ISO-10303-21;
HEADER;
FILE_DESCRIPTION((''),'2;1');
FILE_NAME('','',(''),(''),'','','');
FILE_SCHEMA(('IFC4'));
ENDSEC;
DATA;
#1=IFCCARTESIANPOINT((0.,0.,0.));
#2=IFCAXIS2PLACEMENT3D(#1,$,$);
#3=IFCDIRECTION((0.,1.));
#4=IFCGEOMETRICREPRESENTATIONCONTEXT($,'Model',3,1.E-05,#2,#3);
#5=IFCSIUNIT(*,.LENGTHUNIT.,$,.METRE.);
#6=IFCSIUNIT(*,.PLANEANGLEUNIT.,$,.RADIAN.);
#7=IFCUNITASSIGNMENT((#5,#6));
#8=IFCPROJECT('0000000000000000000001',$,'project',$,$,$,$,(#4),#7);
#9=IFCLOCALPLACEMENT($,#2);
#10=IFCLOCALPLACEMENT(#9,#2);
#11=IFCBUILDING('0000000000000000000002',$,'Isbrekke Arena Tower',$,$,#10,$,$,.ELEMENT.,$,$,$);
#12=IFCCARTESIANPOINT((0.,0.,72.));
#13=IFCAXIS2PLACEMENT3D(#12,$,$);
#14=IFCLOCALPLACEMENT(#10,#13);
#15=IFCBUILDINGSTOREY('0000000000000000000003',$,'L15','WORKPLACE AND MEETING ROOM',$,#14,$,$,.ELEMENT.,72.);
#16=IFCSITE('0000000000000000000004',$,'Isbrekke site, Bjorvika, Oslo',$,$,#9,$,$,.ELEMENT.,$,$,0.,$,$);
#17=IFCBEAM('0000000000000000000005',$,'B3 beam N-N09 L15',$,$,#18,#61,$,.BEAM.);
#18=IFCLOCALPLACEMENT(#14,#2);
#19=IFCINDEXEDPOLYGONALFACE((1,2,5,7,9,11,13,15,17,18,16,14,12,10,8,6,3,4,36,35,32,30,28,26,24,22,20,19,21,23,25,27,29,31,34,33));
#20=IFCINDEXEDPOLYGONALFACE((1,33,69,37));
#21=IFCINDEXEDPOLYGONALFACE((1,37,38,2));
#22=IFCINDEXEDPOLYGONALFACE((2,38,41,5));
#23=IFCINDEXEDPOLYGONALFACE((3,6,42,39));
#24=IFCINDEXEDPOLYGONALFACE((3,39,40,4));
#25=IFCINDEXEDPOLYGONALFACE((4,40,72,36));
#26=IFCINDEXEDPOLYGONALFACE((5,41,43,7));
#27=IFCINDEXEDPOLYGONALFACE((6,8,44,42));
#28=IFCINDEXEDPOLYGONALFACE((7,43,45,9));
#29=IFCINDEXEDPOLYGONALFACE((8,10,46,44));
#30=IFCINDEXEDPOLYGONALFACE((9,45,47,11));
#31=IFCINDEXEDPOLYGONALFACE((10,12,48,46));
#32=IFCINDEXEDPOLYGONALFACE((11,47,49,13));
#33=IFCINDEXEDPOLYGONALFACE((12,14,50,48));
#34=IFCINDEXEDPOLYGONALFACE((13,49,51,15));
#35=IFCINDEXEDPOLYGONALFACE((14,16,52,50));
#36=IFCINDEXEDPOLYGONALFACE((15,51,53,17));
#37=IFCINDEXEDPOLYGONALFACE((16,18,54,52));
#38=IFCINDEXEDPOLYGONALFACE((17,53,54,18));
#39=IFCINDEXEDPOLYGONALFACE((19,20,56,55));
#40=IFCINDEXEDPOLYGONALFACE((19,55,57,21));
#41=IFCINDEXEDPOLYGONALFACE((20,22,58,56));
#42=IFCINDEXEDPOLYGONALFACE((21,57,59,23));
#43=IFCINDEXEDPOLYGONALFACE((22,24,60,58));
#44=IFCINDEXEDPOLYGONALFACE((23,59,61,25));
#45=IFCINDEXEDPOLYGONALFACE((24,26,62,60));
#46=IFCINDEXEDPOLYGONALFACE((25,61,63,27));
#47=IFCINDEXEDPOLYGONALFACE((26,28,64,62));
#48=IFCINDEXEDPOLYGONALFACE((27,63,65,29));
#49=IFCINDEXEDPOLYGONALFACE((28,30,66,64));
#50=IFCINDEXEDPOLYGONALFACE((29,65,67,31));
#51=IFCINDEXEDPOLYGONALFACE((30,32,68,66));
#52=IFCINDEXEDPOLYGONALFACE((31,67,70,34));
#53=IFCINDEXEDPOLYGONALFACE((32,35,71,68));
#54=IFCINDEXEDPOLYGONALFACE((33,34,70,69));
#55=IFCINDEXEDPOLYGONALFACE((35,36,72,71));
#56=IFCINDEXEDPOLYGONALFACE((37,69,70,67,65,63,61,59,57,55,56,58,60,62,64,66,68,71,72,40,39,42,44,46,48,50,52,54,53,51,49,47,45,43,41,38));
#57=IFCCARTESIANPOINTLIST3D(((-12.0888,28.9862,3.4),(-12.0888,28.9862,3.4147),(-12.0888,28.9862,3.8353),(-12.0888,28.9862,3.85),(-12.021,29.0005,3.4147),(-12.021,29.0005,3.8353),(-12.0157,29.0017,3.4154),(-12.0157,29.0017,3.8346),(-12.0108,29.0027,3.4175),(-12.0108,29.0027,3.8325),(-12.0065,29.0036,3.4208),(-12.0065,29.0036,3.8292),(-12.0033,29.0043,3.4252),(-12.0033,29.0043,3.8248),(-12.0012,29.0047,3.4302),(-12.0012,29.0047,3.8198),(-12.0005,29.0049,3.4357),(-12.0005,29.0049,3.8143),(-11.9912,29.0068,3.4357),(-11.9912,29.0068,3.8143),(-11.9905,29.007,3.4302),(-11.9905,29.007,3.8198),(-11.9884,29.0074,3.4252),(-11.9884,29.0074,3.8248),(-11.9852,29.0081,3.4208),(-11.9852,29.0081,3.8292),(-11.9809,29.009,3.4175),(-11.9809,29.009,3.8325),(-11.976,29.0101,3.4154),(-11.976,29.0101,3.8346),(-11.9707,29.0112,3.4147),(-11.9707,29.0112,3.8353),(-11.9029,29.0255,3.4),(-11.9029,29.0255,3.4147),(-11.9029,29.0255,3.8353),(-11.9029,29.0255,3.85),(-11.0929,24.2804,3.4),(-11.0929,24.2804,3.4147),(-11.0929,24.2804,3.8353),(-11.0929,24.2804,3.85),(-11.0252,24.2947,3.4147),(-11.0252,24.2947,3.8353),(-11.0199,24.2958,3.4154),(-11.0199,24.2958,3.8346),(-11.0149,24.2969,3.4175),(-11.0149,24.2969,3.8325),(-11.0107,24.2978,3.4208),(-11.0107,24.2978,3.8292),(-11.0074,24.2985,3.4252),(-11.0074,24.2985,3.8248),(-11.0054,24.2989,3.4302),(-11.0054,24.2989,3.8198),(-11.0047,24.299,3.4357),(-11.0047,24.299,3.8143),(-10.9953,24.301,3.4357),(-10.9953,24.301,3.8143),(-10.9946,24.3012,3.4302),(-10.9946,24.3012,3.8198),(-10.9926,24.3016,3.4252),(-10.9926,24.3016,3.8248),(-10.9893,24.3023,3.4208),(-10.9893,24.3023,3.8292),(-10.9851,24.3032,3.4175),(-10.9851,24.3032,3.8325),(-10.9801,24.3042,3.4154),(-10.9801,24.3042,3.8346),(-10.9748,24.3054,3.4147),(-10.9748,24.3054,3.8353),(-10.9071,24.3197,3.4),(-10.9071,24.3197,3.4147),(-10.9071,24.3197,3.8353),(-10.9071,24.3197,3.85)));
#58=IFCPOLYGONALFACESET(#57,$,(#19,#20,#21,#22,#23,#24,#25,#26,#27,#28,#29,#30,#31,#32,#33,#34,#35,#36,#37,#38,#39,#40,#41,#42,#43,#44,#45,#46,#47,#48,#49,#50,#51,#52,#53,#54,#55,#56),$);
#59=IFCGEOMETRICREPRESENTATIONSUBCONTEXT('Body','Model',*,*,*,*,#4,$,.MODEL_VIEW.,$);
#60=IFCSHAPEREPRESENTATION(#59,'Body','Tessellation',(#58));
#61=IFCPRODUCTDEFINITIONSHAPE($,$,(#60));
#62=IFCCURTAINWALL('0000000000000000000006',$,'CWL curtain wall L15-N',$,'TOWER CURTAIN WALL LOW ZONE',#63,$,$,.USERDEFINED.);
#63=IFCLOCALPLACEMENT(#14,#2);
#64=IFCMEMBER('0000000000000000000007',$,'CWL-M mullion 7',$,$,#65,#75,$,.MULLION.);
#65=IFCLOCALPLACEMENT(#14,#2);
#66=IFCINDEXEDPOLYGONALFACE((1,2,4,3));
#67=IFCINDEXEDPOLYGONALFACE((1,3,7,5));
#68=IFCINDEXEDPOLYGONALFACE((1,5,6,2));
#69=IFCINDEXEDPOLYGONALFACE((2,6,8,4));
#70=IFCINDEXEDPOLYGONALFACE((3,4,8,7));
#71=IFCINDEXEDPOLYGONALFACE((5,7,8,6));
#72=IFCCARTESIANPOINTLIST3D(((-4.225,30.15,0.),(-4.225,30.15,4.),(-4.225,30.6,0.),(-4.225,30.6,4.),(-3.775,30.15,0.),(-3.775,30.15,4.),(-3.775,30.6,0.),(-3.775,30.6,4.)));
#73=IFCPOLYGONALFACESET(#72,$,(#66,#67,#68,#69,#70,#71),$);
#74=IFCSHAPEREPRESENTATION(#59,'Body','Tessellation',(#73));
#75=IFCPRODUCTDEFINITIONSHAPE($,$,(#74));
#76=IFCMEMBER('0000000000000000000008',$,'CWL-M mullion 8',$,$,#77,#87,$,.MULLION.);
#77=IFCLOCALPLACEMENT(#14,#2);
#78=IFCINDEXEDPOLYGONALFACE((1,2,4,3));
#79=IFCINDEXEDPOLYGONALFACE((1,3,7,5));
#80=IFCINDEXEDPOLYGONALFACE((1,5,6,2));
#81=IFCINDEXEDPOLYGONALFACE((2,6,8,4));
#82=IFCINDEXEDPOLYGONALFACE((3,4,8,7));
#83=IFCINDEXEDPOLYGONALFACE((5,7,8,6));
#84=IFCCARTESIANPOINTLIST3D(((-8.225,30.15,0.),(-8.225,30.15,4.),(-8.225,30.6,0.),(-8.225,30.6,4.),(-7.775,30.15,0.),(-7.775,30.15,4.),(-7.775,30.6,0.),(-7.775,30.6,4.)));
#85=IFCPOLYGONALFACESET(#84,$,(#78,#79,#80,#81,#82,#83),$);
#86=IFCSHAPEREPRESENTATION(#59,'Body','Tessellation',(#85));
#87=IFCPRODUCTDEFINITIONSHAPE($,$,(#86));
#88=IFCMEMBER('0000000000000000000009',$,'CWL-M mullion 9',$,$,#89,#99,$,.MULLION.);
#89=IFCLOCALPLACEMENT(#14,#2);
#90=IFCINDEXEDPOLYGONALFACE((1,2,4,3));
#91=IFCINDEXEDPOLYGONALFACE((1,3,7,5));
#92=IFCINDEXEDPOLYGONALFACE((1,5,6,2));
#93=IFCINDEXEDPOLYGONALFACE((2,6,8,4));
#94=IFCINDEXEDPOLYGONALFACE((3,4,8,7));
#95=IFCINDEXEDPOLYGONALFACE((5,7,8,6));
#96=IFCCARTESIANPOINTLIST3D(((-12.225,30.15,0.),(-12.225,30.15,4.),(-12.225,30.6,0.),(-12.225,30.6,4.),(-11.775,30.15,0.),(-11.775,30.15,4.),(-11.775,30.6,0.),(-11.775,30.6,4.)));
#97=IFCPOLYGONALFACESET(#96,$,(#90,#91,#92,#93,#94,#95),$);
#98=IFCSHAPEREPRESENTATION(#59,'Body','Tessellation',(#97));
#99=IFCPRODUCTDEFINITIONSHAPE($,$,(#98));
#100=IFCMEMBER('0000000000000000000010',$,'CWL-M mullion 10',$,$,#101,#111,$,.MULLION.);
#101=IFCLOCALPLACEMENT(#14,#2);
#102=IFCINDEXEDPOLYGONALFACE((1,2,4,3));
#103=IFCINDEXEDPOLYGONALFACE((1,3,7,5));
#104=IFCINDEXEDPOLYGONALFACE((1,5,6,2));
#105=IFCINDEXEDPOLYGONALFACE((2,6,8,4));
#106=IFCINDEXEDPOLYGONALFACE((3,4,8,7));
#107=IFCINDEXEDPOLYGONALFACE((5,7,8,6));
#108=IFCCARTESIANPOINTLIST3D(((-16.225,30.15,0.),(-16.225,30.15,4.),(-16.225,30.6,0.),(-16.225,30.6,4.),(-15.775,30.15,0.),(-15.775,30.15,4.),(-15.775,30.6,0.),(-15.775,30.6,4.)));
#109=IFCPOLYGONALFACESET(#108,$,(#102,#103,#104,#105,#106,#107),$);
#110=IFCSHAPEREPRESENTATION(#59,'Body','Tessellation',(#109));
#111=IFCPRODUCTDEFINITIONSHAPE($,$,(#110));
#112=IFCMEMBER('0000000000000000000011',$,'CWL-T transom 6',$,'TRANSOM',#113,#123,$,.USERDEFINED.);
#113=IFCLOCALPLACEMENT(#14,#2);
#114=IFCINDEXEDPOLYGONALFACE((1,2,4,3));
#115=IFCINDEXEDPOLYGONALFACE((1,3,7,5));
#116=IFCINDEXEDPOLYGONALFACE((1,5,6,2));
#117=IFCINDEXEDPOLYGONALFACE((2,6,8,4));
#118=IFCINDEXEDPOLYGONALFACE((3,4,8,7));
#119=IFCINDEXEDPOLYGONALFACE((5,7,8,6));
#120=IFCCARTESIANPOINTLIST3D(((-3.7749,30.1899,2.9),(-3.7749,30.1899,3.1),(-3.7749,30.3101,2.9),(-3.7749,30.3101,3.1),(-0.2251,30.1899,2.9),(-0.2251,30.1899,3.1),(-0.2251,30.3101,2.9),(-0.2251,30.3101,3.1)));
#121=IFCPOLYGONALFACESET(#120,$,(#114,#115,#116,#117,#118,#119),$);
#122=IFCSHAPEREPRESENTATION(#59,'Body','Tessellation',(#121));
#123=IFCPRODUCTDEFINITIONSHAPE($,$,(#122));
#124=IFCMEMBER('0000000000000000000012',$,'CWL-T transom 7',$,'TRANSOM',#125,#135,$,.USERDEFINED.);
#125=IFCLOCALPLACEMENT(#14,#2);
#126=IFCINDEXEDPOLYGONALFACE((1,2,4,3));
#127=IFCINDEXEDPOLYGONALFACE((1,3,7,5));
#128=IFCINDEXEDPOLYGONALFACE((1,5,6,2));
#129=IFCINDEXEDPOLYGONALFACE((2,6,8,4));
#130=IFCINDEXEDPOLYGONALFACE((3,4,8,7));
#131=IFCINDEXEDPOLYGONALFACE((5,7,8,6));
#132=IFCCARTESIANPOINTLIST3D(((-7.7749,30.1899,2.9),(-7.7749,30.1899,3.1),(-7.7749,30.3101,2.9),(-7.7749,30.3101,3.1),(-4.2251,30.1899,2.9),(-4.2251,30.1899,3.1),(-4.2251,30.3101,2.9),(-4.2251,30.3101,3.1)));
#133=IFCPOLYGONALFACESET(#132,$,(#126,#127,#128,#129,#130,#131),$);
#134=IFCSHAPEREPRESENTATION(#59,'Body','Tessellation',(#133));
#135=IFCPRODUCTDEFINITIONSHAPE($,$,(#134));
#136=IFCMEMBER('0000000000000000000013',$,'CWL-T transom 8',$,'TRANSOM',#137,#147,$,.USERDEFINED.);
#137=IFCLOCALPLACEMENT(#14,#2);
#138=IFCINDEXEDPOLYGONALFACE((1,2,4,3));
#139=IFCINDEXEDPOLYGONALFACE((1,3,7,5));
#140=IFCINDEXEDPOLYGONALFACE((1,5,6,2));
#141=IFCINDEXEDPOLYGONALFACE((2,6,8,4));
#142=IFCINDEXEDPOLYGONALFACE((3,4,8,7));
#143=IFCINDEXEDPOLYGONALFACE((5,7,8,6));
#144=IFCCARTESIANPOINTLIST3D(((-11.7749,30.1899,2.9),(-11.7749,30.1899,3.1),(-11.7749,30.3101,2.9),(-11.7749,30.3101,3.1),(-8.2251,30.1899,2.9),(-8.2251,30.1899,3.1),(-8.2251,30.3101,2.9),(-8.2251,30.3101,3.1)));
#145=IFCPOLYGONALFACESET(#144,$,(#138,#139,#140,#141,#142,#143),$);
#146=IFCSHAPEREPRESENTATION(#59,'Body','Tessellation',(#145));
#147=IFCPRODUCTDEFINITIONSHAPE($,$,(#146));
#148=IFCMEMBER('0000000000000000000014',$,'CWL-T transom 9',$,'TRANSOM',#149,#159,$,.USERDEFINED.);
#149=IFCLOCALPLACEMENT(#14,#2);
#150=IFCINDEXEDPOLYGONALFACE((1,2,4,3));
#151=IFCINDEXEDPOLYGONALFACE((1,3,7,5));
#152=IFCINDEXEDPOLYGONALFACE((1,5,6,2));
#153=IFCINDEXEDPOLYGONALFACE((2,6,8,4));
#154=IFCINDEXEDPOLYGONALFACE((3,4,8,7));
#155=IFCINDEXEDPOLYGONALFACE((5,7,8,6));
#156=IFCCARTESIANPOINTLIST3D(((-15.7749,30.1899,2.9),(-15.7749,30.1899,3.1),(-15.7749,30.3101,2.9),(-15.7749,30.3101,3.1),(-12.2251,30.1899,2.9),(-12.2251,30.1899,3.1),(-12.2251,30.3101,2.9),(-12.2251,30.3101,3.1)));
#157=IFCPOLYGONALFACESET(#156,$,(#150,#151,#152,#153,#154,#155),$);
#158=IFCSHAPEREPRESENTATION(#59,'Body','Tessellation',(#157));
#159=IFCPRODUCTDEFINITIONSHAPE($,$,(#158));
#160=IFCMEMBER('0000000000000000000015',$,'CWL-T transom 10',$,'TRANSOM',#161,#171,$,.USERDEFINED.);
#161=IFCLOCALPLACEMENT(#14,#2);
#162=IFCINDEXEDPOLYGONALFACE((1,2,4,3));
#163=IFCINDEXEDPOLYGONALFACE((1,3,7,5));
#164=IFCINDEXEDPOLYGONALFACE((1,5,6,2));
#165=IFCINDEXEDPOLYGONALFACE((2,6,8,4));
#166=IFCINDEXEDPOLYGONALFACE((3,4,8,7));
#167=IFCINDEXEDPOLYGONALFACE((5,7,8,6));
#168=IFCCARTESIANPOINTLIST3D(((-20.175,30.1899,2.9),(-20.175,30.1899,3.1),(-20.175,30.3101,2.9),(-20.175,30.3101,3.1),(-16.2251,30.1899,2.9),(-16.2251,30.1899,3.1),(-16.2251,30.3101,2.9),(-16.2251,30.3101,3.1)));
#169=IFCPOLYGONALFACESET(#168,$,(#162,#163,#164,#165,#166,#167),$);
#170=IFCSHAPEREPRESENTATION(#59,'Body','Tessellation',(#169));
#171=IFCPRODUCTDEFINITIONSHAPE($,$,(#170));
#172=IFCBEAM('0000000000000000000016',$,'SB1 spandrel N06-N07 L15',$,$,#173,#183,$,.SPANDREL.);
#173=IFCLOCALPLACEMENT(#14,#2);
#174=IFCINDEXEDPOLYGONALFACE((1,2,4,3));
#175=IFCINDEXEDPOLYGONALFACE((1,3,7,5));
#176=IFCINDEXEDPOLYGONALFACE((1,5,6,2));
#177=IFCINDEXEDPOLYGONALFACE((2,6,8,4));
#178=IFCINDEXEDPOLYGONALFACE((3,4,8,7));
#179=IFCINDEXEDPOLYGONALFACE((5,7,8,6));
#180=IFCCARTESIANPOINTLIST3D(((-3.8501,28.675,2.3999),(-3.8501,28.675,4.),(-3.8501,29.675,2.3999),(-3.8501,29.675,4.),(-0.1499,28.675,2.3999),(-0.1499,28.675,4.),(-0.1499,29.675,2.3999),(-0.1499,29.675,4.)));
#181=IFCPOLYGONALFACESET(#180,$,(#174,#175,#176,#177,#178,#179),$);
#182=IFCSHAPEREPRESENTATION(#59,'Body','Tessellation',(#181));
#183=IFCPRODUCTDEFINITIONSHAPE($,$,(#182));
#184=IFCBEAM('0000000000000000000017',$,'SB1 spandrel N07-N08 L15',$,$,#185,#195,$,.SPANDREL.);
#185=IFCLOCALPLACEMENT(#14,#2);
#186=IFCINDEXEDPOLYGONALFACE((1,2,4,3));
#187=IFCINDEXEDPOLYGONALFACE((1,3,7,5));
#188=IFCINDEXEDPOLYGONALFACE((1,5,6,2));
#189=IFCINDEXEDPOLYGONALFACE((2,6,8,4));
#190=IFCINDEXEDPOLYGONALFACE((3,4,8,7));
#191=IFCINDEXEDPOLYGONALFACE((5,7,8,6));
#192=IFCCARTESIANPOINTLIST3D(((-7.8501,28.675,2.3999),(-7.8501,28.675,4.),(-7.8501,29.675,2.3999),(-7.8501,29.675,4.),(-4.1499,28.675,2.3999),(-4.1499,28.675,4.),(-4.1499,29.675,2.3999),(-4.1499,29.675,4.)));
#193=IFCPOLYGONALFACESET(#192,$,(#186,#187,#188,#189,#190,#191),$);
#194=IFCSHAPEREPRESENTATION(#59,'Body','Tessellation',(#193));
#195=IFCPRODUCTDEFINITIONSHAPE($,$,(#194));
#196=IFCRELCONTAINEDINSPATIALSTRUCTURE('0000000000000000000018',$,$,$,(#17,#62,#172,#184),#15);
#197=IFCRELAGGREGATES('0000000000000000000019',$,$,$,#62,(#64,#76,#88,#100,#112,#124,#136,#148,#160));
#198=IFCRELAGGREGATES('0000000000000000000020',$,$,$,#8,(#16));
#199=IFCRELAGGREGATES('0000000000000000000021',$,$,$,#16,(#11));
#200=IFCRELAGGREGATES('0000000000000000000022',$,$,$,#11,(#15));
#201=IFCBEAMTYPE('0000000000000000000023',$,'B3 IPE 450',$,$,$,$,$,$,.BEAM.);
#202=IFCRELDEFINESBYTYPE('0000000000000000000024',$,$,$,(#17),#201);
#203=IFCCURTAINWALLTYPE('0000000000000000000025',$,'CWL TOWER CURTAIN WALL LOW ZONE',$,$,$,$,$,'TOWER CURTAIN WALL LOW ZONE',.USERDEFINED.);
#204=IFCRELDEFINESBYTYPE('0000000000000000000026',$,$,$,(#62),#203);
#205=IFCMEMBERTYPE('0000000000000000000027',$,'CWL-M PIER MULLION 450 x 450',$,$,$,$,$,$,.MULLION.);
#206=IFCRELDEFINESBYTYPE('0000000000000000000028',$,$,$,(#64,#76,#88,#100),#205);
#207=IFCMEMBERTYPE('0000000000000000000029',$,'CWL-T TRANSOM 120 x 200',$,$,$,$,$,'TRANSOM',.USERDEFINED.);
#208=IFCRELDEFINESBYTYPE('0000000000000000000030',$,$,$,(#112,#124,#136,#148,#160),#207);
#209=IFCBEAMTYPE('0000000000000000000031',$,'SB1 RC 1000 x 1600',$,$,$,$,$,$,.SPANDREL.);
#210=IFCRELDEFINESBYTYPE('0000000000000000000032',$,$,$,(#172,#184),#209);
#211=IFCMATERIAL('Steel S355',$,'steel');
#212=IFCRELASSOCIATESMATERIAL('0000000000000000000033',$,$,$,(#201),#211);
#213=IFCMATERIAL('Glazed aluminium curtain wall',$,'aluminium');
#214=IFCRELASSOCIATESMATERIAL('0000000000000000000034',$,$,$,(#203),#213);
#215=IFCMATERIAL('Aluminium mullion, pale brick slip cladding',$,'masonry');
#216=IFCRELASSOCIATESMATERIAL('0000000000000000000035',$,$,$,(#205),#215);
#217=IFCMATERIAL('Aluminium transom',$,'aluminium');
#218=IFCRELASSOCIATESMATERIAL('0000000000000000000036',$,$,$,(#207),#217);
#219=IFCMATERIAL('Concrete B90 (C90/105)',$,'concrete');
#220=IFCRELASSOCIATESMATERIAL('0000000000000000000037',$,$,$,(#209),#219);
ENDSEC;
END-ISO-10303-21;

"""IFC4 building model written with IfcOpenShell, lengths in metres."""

from ifc_helpers import new_model, si_unit, direction, frame, origin, origin_2d, place, context, subcontext, project, spatial, rectangle, i_section, extrude, material, material_profile, profile_set, type_object, element, aggregate, save


model = new_model("IFC4")

# Units and contexts
model_context = context("Model", 3, precision=1e-05, world=origin(), true_north=direction((0.0, 1.0)))
body_context = subcontext(model_context, "Body", "Model", "MODEL_VIEW")
ifc_project = project(units=[si_unit("LENGTHUNIT", "METRE"), si_unit("PLANEANGLEUNIT", "RADIAN")], contexts=[model_context])

# Site, building, storey
site_placement = place(None, origin())
site = spatial("IfcSite", under=ifc_project, at=site_placement, Name="Isbrekke site, Bjorvika, Oslo", CompositionType="ELEMENT", RefElevation=0.0)
building_placement = place(site_placement, origin())
building = spatial("IfcBuilding", under=site, at=building_placement, Name="Isbrekke Arena Tower", CompositionType="ELEMENT")
storey_placement = place(building_placement, frame((0.0, 0.0, 72.0)))
storey = spatial("IfcBuildingStorey", under=building, at=storey_placement, Name="L15", Description="WORKPLACE AND MEETING ROOM", CompositionType="ELEMENT", Elevation=72.0)

# Beam
ifc_material_1 = material(Name="Steel S355", Category="steel")
ifc_material_profile_1 = material_profile(ifc_material_1, i_section(OverallWidth=0.1899, OverallDepth=0.45, WebThickness=0.0095, FlangeThickness=0.0146, FilletRadius=0.021, at=origin_2d()), Name="IPE 450")
ifc_profile_set_1 = profile_set([ifc_material_profile_1], Name="Steel S355")
beam_type_1 = type_object("IfcBeamType", Name="B3 IPE 450", PredefinedType="BEAM", material=ifc_profile_set_1)
beam_1_placement = place(storey_placement, frame((-11.9958, 29.0059, 3.625), z_axis=(0.207036, -0.978333, 0.0), x_axis=(0.978333, 0.207036, 0.0)))
element("IfcBeam", 1, at=beam_1_placement, inside=storey, type_object=beam_type_1, Name="B3 beam N-N09 L15", PredefinedType="BEAM", context=body_context, shape_type="SweptSolid", body=[
    extrude(i_section(OverallWidth=0.1899, OverallDepth=0.45, WebThickness=0.0095, FlangeThickness=0.0146, FilletRadius=0.021, at=origin_2d()), origin(), (0.0, 0.0, 1.0), 4.8101),
])

# Curtain wall, members
ifc_material_2 = material(Name="Glazed aluminium curtain wall", Category="aluminium")
curtain_wall_type = type_object("IfcCurtainWallType", Name="CWL TOWER CURTAIN WALL LOW ZONE", ElementType="TOWER CURTAIN WALL LOW ZONE", PredefinedType="USERDEFINED", material=ifc_material_2)
curtain_wall_placement = place(storey_placement, origin())
curtain_wall = element("IfcCurtainWall", 2, at=curtain_wall_placement, inside=storey, type_object=curtain_wall_type, Name="CWL curtain wall L15-N", ObjectType="TOWER CURTAIN WALL LOW ZONE", PredefinedType="USERDEFINED")
ifc_material_3 = material(Name="Aluminium mullion, pale brick slip cladding", Category="masonry")
ifc_material_profile_2 = material_profile(ifc_material_3, rectangle(XDim=0.45, YDim=0.45, at=origin_2d()), Name="PIER 450X450")
ifc_profile_set_2 = profile_set([ifc_material_profile_2], Name="Aluminium mullion, pale brick slip cladding")
member_type_1 = type_object("IfcMemberType", Name="CWL-M PIER MULLION 450 x 450", PredefinedType="MULLION", material=ifc_profile_set_2)
member_1_placement = place(storey_placement, frame((-4.0, 30.375, 0.0), z_axis=(0.0, 0.0, 1.0), x_axis=(-1.0, 0.0, 0.0)))
member_1 = element("IfcMember", 3, at=member_1_placement, type_object=member_type_1, Name="CWL-M mullion 7", PredefinedType="MULLION", context=body_context, shape_type="SweptSolid", body=[
    extrude(rectangle(XDim=0.45, YDim=0.45, at=origin_2d()), origin(), (0.0, 0.0, 1.0), 4.0),
])
member_2_placement = place(storey_placement, frame((-8.0, 30.375, 0.0), z_axis=(0.0, 0.0, 1.0), x_axis=(-1.0, 0.0, 0.0)))
member_2 = element("IfcMember", 4, at=member_2_placement, type_object=member_type_1, Name="CWL-M mullion 8", PredefinedType="MULLION", context=body_context, shape_type="SweptSolid", body=[
    extrude(rectangle(XDim=0.45, YDim=0.45, at=origin_2d()), origin(), (0.0, 0.0, 1.0), 4.0),
])
member_3_placement = place(storey_placement, frame((-12.0, 30.375, 0.0), z_axis=(0.0, 0.0, 1.0), x_axis=(-1.0, 0.0, 0.0)))
member_3 = element("IfcMember", 5, at=member_3_placement, type_object=member_type_1, Name="CWL-M mullion 9", PredefinedType="MULLION", context=body_context, shape_type="SweptSolid", body=[
    extrude(rectangle(XDim=0.45, YDim=0.45, at=origin_2d()), origin(), (0.0, 0.0, 1.0), 4.0),
])
member_4_placement = place(storey_placement, frame((-16.0, 30.375, 0.0), z_axis=(0.0, 0.0, 1.0), x_axis=(-1.0, 0.0, 0.0)))
member_4 = element("IfcMember", 6, at=member_4_placement, type_object=member_type_1, Name="CWL-M mullion 10", PredefinedType="MULLION", context=body_context, shape_type="SweptSolid", body=[
    extrude(rectangle(XDim=0.45, YDim=0.45, at=origin_2d()), origin(), (0.0, 0.0, 1.0), 4.0),
])
ifc_material_4 = material(Name="Aluminium transom", Category="aluminium")
ifc_material_profile_3 = material_profile(ifc_material_4, rectangle(XDim=0.1201, YDim=0.2, at=origin_2d()), Name="TRANSOM 120X200")
ifc_profile_set_3 = profile_set([ifc_material_profile_3], Name="Aluminium transom")
member_type_2 = type_object("IfcMemberType", Name="CWL-T TRANSOM 120 x 200", ElementType="TRANSOM", PredefinedType="USERDEFINED", material=ifc_profile_set_3)
member_5_placement = place(storey_placement, frame((-0.2251, 30.25, 3.0), z_axis=(-1.0, 0.0, 0.0), x_axis=(0.0, -1.0, 0.0)))
member_5 = element("IfcMember", 7, at=member_5_placement, type_object=member_type_2, Name="CWL-T transom 6", ObjectType="TRANSOM", PredefinedType="USERDEFINED", context=body_context, shape_type="SweptSolid", body=[
    extrude(rectangle(XDim=0.1201, YDim=0.2, at=origin_2d()), origin(), (0.0, 0.0, 1.0), 3.5498),
])
member_6_placement = place(storey_placement, frame((-4.2251, 30.25, 3.0), z_axis=(-1.0, 0.0, 0.0), x_axis=(0.0, -1.0, 0.0)))
member_6 = element("IfcMember", 8, at=member_6_placement, type_object=member_type_2, Name="CWL-T transom 7", ObjectType="TRANSOM", PredefinedType="USERDEFINED", context=body_context, shape_type="SweptSolid", body=[
    extrude(rectangle(XDim=0.1201, YDim=0.2, at=origin_2d()), origin(), (0.0, 0.0, 1.0), 3.5498),
])
member_7_placement = place(storey_placement, frame((-8.2251, 30.25, 3.0), z_axis=(-1.0, 0.0, 0.0), x_axis=(0.0, -1.0, 0.0)))
member_7 = element("IfcMember", 9, at=member_7_placement, type_object=member_type_2, Name="CWL-T transom 8", ObjectType="TRANSOM", PredefinedType="USERDEFINED", context=body_context, shape_type="SweptSolid", body=[
    extrude(rectangle(XDim=0.1201, YDim=0.2, at=origin_2d()), origin(), (0.0, 0.0, 1.0), 3.5498),
])
member_8_placement = place(storey_placement, frame((-12.2251, 30.25, 3.0), z_axis=(-1.0, 0.0, 0.0), x_axis=(0.0, -1.0, 0.0)))
member_8 = element("IfcMember", 10, at=member_8_placement, type_object=member_type_2, Name="CWL-T transom 9", ObjectType="TRANSOM", PredefinedType="USERDEFINED", context=body_context, shape_type="SweptSolid", body=[
    extrude(rectangle(XDim=0.1201, YDim=0.2, at=origin_2d()), origin(), (0.0, 0.0, 1.0), 3.5498),
])
member_9_placement = place(storey_placement, frame((-16.2251, 30.25, 3.0), z_axis=(-1.0, 0.0, 0.0), x_axis=(0.0, -1.0, 0.0)))
member_9 = element("IfcMember", 11, at=member_9_placement, type_object=member_type_2, Name="CWL-T transom 10", ObjectType="TRANSOM", PredefinedType="USERDEFINED", context=body_context, shape_type="SweptSolid", body=[
    extrude(rectangle(XDim=0.1201, YDim=0.2, at=origin_2d()), origin(), (0.0, 0.0, 1.0), 3.95),
])

# Beams
ifc_material_5 = material(Name="Concrete B90 (C90/105)", Category="concrete")
ifc_material_profile_4 = material_profile(ifc_material_5, rectangle(XDim=1.0, YDim=1.6001, at=origin_2d()), Name="RC 1000x1600")
ifc_profile_set_4 = profile_set([ifc_material_profile_4], Name="Concrete B90 (C90/105)")
beam_type_2 = type_object("IfcBeamType", Name="SB1 RC 1000 x 1600", PredefinedType="SPANDREL", material=ifc_profile_set_4)
for number, where, z_axis, x_axis, name in (
    (12, (-0.1499, 29.175, 3.2), (-1.0, 0.0, 0.0), (0.0, -1.0, 0.0), "SB1 spandrel N06-N07 L15"),
    (13, (-4.1499, 29.175, 3.2), (-1.0, 0.0, 0.0), (0.0, -1.0, 0.0), "SB1 spandrel N07-N08 L15"),
):
    element("IfcBeam", number, at=place(storey_placement, frame(where, z_axis=z_axis, x_axis=x_axis)), inside=storey, type_object=beam_type_2, Name=name, PredefinedType="SPANDREL", context=body_context, shape_type="SweptSolid", body=[
        extrude(rectangle(XDim=1.0, YDim=1.6001, at=origin_2d()), origin(), (0.0, 0.0, 1.0), 3.7002),
    ])

aggregate(curtain_wall, [member_1, member_2, member_3, member_4, member_5, member_6, member_7, member_8, member_9])

save(model, "model.ifc")
